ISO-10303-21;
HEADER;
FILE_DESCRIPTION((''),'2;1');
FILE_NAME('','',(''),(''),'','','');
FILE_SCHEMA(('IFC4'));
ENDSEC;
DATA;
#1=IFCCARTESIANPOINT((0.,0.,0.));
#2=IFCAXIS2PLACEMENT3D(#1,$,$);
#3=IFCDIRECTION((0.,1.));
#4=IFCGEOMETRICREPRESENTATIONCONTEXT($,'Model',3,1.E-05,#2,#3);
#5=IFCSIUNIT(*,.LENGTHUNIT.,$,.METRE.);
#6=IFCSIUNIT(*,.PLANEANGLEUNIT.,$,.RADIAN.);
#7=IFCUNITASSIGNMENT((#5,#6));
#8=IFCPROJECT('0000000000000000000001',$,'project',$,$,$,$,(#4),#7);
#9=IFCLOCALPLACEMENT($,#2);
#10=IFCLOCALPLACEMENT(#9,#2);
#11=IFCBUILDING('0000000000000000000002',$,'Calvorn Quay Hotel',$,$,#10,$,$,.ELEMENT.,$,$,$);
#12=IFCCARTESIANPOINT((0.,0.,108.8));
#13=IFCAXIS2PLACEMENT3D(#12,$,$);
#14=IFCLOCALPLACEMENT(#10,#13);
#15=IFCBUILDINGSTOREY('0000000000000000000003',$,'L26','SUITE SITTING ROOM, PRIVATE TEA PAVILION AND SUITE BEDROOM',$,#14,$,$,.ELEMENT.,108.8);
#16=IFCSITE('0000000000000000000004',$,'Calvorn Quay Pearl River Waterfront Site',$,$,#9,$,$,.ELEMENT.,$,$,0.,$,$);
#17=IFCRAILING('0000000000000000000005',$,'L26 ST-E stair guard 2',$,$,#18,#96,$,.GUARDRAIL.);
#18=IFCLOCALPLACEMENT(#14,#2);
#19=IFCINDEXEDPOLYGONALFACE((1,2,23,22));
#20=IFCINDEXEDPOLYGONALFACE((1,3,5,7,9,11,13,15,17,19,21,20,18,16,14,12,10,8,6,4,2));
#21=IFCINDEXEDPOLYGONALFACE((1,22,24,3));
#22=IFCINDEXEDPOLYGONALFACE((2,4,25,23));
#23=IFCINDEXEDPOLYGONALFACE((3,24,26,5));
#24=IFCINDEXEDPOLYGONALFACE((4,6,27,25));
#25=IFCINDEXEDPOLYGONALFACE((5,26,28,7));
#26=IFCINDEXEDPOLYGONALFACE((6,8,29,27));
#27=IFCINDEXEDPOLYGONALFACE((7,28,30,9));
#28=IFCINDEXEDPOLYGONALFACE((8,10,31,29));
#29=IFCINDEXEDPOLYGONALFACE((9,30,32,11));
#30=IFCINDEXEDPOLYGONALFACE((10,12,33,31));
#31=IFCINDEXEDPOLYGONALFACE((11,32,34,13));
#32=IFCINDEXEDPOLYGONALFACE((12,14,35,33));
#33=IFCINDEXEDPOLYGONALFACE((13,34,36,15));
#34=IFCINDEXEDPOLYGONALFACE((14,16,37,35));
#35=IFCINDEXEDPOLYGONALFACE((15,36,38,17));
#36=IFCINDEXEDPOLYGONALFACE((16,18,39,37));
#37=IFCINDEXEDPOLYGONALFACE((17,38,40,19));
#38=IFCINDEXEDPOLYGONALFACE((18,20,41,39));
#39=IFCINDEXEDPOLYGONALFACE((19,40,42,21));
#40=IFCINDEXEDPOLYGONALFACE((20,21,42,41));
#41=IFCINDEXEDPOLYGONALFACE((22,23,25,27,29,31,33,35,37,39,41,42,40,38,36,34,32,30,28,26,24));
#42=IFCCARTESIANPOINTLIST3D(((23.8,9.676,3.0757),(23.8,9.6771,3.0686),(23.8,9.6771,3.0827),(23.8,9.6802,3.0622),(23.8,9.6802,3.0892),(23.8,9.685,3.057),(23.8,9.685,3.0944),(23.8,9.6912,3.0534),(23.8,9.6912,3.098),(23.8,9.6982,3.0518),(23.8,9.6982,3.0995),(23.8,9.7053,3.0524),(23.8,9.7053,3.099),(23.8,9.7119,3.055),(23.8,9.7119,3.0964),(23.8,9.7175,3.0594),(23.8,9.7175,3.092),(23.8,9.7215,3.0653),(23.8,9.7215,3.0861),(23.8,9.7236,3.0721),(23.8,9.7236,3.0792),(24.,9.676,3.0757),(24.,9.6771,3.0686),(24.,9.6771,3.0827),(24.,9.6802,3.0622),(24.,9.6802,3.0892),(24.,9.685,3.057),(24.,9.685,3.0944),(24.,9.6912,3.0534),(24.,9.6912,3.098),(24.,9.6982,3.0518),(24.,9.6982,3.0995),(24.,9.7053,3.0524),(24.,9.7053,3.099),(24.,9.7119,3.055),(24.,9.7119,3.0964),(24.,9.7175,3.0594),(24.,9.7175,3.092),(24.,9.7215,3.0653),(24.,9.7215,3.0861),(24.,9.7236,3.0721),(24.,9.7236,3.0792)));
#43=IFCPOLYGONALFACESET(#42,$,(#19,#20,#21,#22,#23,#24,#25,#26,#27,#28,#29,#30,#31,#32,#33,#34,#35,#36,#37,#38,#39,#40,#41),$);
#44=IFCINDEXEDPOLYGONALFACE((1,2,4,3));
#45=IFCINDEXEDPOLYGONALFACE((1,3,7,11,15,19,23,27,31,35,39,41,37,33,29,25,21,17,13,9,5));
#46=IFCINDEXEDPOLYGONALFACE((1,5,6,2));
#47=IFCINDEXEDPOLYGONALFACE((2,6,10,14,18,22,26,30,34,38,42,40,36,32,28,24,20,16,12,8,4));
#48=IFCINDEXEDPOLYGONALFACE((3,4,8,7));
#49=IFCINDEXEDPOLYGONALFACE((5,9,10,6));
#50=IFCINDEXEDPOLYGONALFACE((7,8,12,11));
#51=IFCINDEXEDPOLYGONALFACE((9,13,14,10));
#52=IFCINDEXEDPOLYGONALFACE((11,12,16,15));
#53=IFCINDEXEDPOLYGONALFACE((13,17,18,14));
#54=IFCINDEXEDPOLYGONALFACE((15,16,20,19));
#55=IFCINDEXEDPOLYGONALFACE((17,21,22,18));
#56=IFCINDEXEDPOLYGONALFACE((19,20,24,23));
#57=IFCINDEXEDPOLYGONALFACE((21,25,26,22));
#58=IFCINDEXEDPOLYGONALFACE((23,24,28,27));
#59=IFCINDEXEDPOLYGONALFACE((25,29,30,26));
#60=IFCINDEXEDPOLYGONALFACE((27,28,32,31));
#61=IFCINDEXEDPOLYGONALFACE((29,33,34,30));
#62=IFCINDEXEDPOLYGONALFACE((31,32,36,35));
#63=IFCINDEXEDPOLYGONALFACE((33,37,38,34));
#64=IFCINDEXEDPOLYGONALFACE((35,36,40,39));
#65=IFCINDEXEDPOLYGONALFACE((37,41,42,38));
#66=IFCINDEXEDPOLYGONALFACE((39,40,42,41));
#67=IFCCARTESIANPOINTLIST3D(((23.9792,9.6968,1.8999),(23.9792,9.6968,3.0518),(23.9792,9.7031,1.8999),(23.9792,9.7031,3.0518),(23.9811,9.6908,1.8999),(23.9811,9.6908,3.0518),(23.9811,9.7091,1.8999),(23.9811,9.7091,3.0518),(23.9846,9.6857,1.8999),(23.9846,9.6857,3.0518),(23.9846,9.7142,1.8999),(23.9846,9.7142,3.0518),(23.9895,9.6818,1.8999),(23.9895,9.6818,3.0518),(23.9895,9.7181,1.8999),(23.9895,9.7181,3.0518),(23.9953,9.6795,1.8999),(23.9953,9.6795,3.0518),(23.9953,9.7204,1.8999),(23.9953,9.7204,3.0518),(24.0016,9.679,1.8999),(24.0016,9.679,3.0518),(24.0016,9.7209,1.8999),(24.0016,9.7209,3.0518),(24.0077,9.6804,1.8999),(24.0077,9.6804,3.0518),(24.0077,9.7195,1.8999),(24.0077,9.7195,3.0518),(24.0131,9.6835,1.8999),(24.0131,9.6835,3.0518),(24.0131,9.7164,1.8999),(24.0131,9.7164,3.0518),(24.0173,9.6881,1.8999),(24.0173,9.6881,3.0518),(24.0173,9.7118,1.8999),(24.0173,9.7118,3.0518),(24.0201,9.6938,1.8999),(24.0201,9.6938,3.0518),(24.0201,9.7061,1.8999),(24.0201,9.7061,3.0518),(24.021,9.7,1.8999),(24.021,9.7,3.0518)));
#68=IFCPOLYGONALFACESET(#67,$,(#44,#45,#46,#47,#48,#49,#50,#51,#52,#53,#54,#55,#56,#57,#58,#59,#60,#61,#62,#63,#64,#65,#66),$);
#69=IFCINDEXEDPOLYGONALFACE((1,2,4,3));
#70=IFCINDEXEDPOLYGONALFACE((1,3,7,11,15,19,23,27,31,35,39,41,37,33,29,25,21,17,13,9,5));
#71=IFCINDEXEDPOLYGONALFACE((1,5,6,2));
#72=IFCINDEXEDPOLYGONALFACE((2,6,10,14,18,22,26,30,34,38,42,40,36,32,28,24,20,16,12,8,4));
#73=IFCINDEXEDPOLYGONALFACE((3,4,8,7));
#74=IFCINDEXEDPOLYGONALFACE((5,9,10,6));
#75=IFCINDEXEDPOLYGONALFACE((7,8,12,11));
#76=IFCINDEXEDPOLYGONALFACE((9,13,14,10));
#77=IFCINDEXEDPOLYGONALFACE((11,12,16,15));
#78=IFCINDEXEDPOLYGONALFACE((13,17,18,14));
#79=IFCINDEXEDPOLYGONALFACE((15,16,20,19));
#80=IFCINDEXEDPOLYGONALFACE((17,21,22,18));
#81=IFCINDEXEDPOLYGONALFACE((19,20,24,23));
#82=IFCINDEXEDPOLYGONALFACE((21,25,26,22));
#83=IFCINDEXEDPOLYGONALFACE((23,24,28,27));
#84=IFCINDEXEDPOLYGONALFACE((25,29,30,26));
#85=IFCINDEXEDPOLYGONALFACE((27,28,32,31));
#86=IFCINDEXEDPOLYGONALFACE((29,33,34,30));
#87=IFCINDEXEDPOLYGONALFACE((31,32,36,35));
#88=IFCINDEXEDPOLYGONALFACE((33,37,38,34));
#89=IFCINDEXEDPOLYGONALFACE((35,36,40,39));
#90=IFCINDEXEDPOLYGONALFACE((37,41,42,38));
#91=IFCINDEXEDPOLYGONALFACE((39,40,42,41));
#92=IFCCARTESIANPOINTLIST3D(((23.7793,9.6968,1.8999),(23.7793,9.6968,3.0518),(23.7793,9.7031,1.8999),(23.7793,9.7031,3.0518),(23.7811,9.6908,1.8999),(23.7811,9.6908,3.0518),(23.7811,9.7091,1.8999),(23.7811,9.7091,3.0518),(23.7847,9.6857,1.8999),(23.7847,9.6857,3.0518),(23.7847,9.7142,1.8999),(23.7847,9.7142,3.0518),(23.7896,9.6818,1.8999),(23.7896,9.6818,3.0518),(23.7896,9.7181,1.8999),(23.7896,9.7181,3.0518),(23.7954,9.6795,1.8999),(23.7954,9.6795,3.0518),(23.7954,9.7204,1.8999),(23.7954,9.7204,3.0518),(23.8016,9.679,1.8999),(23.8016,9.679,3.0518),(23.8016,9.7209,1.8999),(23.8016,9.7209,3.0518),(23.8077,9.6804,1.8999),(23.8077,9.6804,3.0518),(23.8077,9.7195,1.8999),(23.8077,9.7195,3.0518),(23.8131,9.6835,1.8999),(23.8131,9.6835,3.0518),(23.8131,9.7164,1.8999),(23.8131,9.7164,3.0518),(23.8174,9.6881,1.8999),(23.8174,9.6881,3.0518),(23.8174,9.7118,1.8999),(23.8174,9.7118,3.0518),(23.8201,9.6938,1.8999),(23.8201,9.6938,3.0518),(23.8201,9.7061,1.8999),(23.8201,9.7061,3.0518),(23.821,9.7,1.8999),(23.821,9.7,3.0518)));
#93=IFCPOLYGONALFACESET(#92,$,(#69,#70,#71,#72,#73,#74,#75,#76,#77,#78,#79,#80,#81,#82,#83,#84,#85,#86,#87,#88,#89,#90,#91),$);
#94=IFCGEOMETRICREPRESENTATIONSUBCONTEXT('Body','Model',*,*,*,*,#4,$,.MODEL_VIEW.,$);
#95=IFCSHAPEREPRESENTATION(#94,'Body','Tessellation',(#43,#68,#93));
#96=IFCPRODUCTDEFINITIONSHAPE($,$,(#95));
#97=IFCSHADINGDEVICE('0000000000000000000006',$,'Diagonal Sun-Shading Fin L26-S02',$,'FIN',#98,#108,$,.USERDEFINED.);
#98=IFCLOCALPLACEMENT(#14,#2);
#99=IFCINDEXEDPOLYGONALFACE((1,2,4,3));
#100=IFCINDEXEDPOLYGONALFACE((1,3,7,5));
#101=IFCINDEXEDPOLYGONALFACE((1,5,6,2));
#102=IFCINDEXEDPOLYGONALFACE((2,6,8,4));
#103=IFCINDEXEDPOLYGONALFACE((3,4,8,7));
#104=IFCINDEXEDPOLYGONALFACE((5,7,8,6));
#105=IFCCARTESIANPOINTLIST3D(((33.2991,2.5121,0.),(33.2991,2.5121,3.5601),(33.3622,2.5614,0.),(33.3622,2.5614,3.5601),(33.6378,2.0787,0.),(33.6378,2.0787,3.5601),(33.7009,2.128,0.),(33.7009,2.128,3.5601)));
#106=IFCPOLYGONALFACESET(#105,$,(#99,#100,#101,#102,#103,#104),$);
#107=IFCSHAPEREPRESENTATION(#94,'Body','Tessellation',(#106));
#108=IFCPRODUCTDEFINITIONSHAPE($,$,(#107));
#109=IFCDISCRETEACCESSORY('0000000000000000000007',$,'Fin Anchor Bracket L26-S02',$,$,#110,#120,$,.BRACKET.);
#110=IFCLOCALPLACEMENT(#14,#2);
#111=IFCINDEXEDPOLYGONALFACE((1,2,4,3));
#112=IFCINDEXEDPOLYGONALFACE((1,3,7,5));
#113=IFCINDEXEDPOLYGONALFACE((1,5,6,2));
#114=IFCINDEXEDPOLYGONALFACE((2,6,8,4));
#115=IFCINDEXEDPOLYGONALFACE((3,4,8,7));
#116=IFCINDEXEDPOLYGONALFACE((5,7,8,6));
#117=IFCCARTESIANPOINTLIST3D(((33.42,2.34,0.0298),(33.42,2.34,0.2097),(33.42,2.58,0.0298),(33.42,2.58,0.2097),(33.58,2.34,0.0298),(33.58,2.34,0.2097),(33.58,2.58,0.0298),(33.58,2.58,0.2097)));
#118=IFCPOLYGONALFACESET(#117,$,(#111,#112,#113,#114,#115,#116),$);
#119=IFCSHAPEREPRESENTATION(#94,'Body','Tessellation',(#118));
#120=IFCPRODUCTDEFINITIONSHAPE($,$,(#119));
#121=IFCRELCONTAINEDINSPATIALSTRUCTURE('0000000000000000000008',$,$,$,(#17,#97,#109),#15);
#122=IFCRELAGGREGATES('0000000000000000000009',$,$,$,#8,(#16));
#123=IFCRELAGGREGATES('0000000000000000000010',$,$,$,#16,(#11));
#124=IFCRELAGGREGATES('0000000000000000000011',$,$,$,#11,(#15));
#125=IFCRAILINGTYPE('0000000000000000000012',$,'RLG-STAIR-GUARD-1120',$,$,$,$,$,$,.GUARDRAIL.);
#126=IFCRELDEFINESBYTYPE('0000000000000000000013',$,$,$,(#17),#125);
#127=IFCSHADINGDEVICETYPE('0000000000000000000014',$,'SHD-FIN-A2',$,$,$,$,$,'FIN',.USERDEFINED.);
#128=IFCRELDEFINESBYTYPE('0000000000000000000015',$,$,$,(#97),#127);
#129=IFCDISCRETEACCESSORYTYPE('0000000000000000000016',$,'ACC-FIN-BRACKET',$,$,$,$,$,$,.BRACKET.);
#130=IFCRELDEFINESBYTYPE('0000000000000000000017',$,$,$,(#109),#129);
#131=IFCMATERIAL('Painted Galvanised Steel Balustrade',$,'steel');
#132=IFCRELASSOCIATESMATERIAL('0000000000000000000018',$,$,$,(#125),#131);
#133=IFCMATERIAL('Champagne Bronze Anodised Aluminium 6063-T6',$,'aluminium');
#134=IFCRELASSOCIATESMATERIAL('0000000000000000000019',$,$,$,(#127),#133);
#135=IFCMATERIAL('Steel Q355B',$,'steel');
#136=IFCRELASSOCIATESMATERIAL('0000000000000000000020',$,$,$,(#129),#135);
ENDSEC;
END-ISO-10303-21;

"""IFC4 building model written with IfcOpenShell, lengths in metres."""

from ifc_helpers import new_model, si_unit, direction, frame, origin, origin_2d, place, context, subcontext, project, spatial, rectangle, circle, extrude, material, type_object, element, save


model = new_model("IFC4")

# Units and contexts
model_context = context("Model", 3, precision=1e-05, world=origin(), true_north=direction((0.0, 1.0)))
body_context = subcontext(model_context, "Body", "Model", "MODEL_VIEW")
ifc_project = project(units=[si_unit("LENGTHUNIT", "METRE"), si_unit("PLANEANGLEUNIT", "RADIAN")], contexts=[model_context])

# Site, building, storey
site_placement = place(None, origin())
site = spatial("IfcSite", under=ifc_project, at=site_placement, Name="Calvorn Quay Pearl River Waterfront Site", CompositionType="ELEMENT", RefElevation=0.0)
building_placement = place(site_placement, origin())
building = spatial("IfcBuilding", under=site, at=building_placement, Name="Calvorn Quay Hotel", CompositionType="ELEMENT")
storey_placement = place(building_placement, frame((0.0, 0.0, 108.8)))
storey = spatial("IfcBuildingStorey", under=building, at=storey_placement, Name="L26", Description="SUITE SITTING ROOM, PRIVATE TEA PAVILION AND SUITE BEDROOM", CompositionType="ELEMENT", Elevation=108.8)

# Railing
ifc_material_1 = material(Name="Painted Galvanised Steel Balustrade", Category="steel")
railing_type_1 = type_object("IfcRailingType", Name="RLG-STAIR-GUARD-1120", PredefinedType="GUARDRAIL", material=ifc_material_1)
railing_1_placement = place(storey_placement, frame((24.0, 9.7, 1.8999)))
element("IfcRailing", 1, at=railing_1_placement, inside=storey, type_object=railing_type_1, Name="L26 ST-E stair guard 2", PredefinedType="GUARDRAIL", context=body_context, shape_type="SweptSolid", body=[
    extrude(circle(Radius=0.0239, at=origin_2d()), frame((0.0, 0.0, 1.1758), z_axis=(-1.0, 0.0, 0.0), x_axis=(0.0, -1.0, 0.0)), (0.0, 0.0, 1.0), 0.2),
    extrude(circle(Radius=0.021, at=origin_2d()), origin(), (0.0, 0.0, 1.0), 1.1519),
    extrude(circle(Radius=0.021, at=origin_2d()), frame((-0.2, 0.0, 0.0)), (0.0, 0.0, 1.0), 1.1519),
])

# Shading device
ifc_material_2 = material(Name="Champagne Bronze Anodised Aluminium 6063-T6", Category="aluminium")
shading_device_type = type_object("IfcShadingDeviceType", Name="SHD-FIN-A2", ElementType="FIN", PredefinedType="USERDEFINED", material=ifc_material_2)
shading_device_placement = place(storey_placement, frame((33.5, 2.3201, 0.0), z_axis=(0.0, 0.0, 1.0), x_axis=(-0.615661, 0.788011, 0.0)))
element("IfcShadingDevice", 2, at=shading_device_placement, inside=storey, type_object=shading_device_type, Name="Diagonal Sun-Shading Fin L26-S02", ObjectType="FIN", PredefinedType="USERDEFINED", context=body_context, shape_type="SweptSolid", body=[
    extrude(rectangle(XDim=0.55, YDim=0.0801, at=origin_2d()), origin(), (0.0, 0.0, 1.0), 3.5601),
])

# Discrete accessory
ifc_material_3 = material(Name="Steel Q355B", Category="steel")
discrete_accessory_type = type_object("IfcDiscreteAccessoryType", Name="ACC-FIN-BRACKET", PredefinedType="BRACKET", material=ifc_material_3)
discrete_accessory_placement = place(storey_placement, frame((33.5, 2.46, 0.0298), z_axis=(0.0, 0.0, 1.0), x_axis=(0.0, 1.0, 0.0)))
element("IfcDiscreteAccessory", 3, at=discrete_accessory_placement, inside=storey, type_object=discrete_accessory_type, Name="Fin Anchor Bracket L26-S02", PredefinedType="BRACKET", context=body_context, shape_type="SweptSolid", body=[
    extrude(rectangle(XDim=0.24, YDim=0.1599, at=origin_2d()), origin(), (0.0, 0.0, 1.0), 0.1799),
])

save(model, "model.ifc")
